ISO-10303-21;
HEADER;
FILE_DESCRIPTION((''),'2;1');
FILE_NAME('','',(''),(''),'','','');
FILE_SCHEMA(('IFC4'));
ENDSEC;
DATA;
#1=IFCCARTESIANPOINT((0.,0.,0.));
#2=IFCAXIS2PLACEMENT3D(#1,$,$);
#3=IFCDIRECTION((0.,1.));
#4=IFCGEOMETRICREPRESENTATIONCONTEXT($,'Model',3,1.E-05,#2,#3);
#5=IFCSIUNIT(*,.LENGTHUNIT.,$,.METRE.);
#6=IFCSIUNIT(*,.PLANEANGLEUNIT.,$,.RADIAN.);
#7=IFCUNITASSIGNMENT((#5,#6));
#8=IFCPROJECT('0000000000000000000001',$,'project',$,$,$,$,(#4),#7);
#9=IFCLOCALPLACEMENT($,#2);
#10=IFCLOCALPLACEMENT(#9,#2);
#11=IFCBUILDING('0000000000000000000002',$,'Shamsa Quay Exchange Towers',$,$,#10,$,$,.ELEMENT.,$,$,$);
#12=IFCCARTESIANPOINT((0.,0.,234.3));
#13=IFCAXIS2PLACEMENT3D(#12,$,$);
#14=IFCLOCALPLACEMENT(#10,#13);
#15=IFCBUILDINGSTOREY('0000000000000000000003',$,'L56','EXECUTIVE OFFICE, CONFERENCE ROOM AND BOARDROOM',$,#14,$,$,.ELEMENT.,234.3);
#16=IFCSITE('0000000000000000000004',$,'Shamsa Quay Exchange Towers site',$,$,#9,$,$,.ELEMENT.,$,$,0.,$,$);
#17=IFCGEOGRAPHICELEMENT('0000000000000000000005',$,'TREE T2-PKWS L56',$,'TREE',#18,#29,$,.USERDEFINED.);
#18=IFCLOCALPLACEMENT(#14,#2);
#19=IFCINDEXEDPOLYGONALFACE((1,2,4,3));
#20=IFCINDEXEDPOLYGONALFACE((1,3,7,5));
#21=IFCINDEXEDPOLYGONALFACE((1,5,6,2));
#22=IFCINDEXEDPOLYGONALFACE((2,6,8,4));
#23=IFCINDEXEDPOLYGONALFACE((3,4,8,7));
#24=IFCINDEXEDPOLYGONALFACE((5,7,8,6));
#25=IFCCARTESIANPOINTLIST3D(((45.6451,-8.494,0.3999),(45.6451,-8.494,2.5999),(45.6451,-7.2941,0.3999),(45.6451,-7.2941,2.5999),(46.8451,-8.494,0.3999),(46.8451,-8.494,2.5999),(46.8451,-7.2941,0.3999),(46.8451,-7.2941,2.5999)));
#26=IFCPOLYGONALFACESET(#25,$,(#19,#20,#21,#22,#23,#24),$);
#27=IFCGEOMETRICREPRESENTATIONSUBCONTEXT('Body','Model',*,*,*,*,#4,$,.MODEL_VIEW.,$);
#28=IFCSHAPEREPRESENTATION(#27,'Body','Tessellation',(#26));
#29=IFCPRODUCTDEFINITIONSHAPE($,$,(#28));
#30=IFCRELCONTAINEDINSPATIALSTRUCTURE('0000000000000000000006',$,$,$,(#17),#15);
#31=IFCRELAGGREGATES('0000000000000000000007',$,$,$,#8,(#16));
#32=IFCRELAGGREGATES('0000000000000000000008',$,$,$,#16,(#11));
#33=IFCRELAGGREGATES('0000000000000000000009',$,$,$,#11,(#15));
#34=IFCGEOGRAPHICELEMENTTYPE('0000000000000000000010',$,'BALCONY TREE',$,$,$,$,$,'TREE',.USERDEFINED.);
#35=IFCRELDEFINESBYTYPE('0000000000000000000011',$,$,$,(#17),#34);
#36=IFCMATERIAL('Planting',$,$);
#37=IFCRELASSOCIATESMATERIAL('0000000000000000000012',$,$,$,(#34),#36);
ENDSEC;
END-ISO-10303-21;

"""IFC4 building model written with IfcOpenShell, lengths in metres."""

from ifc_helpers import new_model, si_unit, direction, frame, origin, origin_2d, place, context, subcontext, project, spatial, rectangle, extrude, material, type_object, element, save


model = new_model("IFC4")

# Units and contexts
model_context = context("Model", 3, precision=1e-05, world=origin(), true_north=direction((0.0, 1.0)))
body_context = subcontext(model_context, "Body", "Model", "MODEL_VIEW")
ifc_project = project(units=[si_unit("LENGTHUNIT", "METRE"), si_unit("PLANEANGLEUNIT", "RADIAN")], contexts=[model_context])

# Site, building, storey
site_placement = place(None, origin())
site = spatial("IfcSite", under=ifc_project, at=site_placement, Name="Shamsa Quay Exchange Towers site", CompositionType="ELEMENT", RefElevation=0.0)
building_placement = place(site_placement, origin())
building = spatial("IfcBuilding", under=site, at=building_placement, Name="Shamsa Quay Exchange Towers", CompositionType="ELEMENT")
storey_placement = place(building_placement, frame((0.0, 0.0, 234.3)))
storey = spatial("IfcBuildingStorey", under=building, at=storey_placement, Name="L56", Description="EXECUTIVE OFFICE, CONFERENCE ROOM AND BOARDROOM", CompositionType="ELEMENT", Elevation=234.3)

# Geographic element
ifc_material_1 = material(Name="Planting")
geographic_element_type = type_object("IfcGeographicElementType", Name="BALCONY TREE", ElementType="TREE", PredefinedType="USERDEFINED", material=ifc_material_1)
geographic_element_placement = place(storey_placement, frame((46.2451, -7.894, 0.3999), z_axis=(0.0, 0.0, 1.0), x_axis=(0.0, 1.0, 0.0)))
element("IfcGeographicElement", 1, at=geographic_element_placement, inside=storey, type_object=geographic_element_type, Name="TREE T2-PKWS L56", ObjectType="TREE", PredefinedType="USERDEFINED", context=body_context, shape_type="SweptSolid", body=[
    extrude(rectangle(XDim=1.2, YDim=1.2, at=origin_2d()), origin(), (0.0, 0.0, 1.0), 2.2),
])

save(model, "model.ifc")
